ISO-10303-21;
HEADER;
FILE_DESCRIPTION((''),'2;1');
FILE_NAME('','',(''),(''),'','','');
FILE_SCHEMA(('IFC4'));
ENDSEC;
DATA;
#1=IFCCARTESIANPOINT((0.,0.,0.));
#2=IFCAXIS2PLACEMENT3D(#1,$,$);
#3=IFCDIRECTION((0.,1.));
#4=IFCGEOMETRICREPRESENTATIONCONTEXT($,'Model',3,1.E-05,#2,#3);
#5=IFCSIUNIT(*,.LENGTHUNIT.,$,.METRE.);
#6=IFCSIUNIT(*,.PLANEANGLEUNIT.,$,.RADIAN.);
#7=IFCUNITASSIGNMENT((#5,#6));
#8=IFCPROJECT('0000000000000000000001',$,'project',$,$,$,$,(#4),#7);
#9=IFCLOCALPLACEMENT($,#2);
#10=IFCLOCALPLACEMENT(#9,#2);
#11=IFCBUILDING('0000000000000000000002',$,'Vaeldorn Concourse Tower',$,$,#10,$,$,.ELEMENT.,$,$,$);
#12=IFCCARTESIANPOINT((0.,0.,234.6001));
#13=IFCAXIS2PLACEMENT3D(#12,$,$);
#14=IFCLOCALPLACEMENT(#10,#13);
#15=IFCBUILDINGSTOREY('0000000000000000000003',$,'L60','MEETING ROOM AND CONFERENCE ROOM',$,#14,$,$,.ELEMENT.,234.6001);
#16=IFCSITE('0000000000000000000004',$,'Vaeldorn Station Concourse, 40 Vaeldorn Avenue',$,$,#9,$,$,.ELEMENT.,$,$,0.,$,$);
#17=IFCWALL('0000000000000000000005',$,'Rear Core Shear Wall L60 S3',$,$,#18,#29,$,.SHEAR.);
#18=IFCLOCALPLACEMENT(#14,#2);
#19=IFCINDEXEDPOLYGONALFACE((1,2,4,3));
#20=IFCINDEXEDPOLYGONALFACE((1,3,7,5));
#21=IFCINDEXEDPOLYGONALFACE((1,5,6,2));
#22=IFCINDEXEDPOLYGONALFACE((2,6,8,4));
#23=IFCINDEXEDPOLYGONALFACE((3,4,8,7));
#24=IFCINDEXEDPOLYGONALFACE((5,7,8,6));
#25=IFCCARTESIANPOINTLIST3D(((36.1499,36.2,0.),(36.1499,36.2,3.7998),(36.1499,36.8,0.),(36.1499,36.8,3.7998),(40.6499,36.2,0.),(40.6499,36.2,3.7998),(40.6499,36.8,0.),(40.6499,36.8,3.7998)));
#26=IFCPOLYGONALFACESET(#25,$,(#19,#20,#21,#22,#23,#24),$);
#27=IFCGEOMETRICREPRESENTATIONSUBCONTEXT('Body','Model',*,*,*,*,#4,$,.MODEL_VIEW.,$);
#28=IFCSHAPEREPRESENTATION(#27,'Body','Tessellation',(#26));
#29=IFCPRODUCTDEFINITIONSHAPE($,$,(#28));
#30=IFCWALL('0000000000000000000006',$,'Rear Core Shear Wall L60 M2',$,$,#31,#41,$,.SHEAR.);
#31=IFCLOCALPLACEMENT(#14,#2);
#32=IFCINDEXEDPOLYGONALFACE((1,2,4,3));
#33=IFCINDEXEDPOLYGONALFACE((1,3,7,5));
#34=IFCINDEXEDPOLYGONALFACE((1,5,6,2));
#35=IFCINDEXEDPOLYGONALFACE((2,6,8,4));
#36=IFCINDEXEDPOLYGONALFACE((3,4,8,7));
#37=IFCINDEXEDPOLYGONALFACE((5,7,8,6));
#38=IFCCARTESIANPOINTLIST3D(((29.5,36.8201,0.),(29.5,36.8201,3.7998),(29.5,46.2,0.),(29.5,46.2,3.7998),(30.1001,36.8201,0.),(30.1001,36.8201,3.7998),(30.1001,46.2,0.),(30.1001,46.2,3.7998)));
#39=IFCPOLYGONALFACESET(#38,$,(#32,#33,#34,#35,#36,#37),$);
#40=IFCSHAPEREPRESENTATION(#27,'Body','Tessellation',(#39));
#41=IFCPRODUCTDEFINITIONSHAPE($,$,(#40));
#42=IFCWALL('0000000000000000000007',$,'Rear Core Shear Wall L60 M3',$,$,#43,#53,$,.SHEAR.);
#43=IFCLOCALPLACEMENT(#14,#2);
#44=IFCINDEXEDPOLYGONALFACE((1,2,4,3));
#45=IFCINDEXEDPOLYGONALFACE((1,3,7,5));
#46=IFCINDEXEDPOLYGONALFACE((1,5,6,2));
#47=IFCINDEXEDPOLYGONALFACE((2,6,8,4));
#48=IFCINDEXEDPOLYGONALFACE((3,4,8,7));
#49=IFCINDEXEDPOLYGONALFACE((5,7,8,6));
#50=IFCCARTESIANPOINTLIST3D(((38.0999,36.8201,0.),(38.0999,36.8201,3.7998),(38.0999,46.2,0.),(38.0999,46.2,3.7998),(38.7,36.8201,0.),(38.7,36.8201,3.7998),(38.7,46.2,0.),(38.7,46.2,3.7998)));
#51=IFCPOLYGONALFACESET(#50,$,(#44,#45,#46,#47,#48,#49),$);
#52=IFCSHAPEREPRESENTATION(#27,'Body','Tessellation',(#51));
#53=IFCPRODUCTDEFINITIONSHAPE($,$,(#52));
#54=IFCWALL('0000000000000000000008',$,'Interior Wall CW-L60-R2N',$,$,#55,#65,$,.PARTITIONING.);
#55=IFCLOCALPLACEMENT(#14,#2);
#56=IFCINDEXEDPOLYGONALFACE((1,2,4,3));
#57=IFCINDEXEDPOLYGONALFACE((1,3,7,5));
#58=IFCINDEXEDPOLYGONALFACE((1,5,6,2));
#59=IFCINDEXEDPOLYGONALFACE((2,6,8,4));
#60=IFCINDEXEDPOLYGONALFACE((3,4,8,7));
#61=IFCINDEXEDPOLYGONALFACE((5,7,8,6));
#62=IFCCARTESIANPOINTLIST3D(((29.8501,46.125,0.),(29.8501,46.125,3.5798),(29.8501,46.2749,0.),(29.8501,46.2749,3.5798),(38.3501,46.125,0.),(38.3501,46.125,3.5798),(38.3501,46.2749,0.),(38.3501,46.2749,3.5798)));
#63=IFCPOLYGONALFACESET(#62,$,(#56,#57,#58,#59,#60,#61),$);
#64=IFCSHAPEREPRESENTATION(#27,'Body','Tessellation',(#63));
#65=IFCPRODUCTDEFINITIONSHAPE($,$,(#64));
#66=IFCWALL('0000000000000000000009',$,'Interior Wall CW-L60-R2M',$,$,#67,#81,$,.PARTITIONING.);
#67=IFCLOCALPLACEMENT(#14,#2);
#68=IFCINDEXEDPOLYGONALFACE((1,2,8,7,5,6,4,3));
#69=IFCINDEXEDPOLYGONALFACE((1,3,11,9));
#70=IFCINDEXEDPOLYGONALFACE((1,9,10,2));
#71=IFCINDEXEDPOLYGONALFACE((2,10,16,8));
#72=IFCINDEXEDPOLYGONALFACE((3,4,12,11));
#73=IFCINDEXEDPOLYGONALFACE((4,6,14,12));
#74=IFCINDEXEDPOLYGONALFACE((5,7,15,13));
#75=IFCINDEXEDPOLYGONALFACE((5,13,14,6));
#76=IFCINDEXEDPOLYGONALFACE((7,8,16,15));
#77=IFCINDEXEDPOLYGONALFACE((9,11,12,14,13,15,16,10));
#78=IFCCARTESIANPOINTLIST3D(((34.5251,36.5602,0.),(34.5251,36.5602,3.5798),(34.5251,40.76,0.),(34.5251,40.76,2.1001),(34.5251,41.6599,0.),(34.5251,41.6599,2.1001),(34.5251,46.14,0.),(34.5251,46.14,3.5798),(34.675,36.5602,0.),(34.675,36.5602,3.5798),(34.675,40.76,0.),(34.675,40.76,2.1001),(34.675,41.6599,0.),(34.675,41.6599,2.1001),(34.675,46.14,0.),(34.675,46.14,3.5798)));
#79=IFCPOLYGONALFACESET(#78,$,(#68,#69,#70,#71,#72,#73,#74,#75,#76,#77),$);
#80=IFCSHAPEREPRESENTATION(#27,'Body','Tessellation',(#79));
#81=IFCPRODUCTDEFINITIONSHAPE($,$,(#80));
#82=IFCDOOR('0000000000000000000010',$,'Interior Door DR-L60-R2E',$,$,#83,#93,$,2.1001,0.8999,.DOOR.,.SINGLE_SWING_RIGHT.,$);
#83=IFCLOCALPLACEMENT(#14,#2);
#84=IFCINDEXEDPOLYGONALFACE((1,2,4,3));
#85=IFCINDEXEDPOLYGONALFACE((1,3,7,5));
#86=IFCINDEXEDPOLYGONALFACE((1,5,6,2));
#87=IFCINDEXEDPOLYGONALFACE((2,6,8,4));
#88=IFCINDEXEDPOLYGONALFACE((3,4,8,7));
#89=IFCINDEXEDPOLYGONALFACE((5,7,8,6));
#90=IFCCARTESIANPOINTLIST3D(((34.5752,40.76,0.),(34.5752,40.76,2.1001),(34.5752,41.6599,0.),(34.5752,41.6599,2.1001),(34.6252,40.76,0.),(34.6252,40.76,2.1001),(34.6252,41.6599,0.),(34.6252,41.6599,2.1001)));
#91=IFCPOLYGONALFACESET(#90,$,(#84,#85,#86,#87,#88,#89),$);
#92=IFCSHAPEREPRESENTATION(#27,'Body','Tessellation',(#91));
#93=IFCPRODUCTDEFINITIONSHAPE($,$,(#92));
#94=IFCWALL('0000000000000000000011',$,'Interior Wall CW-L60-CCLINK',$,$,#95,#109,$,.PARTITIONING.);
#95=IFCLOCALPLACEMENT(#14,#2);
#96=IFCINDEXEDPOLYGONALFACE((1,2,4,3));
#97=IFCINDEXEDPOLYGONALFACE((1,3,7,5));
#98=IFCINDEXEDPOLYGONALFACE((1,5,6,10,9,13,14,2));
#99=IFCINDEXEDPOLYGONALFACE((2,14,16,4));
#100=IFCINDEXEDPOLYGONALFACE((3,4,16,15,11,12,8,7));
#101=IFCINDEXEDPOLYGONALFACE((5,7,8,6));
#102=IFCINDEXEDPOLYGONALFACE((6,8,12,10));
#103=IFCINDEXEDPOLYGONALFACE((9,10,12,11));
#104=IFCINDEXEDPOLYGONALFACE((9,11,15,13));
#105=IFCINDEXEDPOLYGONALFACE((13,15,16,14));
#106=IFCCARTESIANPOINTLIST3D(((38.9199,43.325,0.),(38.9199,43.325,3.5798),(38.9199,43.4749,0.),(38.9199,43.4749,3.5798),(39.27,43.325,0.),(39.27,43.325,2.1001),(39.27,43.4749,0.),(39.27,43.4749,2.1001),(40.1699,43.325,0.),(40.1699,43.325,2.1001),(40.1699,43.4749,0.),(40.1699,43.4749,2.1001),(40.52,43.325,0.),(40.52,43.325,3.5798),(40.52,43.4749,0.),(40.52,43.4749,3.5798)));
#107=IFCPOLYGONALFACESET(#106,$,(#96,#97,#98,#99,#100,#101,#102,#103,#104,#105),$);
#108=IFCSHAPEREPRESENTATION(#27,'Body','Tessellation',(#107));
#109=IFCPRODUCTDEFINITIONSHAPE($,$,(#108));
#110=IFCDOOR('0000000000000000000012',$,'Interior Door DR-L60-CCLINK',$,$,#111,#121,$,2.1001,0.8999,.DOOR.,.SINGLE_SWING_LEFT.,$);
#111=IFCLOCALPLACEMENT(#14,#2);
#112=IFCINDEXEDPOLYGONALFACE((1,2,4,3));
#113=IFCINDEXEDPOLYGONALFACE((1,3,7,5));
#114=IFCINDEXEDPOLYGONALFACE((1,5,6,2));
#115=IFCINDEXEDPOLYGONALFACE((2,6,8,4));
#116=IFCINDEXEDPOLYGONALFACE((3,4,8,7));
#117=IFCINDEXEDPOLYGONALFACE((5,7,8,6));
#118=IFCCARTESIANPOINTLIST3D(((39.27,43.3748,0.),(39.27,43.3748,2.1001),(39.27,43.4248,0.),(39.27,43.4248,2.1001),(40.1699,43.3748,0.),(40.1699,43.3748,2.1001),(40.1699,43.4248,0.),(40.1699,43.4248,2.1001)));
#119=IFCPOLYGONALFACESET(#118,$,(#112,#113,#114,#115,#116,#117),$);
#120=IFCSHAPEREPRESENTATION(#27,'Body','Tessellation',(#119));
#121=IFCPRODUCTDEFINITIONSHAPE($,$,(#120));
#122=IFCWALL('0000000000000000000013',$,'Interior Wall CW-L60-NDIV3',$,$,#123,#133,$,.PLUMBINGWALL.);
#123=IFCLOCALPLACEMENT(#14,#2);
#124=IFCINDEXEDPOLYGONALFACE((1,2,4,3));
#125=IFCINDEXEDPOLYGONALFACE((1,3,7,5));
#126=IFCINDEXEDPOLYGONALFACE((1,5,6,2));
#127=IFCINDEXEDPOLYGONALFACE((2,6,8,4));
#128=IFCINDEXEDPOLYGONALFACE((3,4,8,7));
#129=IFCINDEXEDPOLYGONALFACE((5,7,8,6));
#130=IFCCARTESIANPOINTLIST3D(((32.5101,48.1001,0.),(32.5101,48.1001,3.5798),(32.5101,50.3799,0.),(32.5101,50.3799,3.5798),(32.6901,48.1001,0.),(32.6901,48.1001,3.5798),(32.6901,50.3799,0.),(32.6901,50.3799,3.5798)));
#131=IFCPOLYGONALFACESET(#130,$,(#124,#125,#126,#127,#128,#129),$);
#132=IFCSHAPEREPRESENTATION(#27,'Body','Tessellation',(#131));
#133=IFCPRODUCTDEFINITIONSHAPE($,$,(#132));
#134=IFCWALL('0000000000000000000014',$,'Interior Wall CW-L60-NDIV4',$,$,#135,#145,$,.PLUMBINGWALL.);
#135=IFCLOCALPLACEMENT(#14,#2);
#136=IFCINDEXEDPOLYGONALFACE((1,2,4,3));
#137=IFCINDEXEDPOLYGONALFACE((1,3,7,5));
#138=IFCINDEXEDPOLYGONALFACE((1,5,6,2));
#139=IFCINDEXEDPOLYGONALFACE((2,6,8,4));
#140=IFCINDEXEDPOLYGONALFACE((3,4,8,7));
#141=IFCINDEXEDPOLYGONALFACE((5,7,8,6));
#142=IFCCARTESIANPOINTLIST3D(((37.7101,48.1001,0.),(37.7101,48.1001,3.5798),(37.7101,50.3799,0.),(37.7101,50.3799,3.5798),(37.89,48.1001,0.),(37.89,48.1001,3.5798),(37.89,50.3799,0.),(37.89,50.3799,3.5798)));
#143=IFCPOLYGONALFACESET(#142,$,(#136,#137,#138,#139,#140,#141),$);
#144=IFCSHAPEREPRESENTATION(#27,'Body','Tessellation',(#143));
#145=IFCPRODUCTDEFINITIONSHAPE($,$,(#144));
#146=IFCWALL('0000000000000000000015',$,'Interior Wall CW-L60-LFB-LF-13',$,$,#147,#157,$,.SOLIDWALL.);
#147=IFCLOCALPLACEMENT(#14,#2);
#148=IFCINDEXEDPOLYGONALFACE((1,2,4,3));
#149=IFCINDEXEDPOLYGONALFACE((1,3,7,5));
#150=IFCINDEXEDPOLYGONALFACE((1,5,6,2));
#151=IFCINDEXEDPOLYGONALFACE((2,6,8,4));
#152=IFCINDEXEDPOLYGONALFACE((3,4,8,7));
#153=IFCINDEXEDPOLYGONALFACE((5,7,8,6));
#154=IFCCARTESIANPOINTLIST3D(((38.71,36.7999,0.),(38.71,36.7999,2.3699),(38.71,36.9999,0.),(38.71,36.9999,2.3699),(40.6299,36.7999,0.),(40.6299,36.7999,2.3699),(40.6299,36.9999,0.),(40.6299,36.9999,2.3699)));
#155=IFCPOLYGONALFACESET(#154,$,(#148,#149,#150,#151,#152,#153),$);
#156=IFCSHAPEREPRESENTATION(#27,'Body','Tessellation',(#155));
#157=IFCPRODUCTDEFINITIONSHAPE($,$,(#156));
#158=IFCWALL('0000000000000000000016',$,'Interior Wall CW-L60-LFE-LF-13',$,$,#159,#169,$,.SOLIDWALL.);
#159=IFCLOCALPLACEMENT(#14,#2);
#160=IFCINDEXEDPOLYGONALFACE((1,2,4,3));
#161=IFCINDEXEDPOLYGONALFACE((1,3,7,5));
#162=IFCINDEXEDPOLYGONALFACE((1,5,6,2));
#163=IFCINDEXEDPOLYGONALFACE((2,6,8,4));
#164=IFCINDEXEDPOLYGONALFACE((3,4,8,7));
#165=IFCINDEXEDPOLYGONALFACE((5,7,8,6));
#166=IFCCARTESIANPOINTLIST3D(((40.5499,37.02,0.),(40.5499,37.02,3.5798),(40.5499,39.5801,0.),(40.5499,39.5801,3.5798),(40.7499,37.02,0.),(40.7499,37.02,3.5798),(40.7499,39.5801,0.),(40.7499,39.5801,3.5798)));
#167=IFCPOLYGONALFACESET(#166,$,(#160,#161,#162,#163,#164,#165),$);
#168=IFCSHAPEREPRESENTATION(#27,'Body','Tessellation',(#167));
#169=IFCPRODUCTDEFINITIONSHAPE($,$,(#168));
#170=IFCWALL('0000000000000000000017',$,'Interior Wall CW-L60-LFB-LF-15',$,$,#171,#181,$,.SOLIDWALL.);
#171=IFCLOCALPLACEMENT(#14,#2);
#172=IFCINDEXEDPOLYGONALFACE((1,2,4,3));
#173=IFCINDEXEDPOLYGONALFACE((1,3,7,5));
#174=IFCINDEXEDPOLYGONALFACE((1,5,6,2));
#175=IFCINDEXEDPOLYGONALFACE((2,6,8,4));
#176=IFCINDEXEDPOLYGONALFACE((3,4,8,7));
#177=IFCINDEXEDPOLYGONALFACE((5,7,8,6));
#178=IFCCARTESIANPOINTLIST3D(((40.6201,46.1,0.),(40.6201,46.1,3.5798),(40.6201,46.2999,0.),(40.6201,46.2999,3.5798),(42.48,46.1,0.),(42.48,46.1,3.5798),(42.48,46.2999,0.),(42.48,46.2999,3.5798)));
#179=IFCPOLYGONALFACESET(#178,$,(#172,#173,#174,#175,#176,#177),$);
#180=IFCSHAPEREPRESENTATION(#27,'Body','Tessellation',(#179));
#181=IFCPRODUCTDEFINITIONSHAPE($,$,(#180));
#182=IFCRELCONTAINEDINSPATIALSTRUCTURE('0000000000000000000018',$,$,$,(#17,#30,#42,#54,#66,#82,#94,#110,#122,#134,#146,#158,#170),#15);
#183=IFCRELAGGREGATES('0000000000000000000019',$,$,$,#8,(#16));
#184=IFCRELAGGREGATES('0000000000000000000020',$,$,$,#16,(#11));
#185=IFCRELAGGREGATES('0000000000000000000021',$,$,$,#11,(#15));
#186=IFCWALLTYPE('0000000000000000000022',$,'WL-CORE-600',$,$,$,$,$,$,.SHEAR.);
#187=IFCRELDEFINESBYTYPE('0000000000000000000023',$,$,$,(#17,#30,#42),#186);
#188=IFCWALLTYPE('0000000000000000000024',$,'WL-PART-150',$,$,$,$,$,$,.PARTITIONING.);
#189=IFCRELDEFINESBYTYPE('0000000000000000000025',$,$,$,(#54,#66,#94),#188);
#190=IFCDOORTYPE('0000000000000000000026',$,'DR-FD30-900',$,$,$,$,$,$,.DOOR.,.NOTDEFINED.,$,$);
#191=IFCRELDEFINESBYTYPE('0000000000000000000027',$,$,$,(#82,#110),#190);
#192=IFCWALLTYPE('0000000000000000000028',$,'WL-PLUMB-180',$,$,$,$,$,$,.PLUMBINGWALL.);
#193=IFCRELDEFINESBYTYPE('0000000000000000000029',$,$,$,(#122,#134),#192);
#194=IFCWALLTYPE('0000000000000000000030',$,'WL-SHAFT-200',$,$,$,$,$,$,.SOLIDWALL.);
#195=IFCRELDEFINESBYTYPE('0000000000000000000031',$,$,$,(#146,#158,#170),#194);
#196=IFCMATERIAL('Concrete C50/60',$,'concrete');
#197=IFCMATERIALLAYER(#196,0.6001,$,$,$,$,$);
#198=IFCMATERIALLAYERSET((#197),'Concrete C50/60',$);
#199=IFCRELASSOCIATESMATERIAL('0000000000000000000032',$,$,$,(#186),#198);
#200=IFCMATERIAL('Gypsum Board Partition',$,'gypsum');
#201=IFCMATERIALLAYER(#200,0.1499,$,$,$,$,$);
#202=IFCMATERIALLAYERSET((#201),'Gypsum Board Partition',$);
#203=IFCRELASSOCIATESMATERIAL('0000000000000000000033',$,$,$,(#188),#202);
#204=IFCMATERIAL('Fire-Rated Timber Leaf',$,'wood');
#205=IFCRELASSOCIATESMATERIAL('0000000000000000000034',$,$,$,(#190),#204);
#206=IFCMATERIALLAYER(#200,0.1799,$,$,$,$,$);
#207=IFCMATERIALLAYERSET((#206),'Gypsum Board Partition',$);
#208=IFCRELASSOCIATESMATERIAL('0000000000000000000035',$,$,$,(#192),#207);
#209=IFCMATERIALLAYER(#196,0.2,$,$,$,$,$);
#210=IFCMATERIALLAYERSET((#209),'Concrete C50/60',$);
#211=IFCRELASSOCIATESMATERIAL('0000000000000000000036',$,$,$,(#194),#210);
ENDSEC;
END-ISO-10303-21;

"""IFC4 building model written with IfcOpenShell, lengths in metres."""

from ifc_helpers import new_model, si_unit, direction, frame, frame_2d, origin, place, context, subcontext, project, spatial, rectangle, extrude, source, transform, mapped, material, layer, layer_set, type_object, element, fill, save


model = new_model("IFC4")

# Units and contexts
model_context = context("Model", 3, precision=1e-05, world=origin(), true_north=direction((0.0, 1.0)))
body_context = subcontext(model_context, "Body", "Model", "MODEL_VIEW")
ifc_project = project(units=[si_unit("LENGTHUNIT", "METRE"), si_unit("PLANEANGLEUNIT", "RADIAN")], contexts=[model_context])

# Site, building, storey
site_placement = place(None, origin())
site = spatial("IfcSite", under=ifc_project, at=site_placement, Name="Vaeldorn Station Concourse, 40 Vaeldorn Avenue", CompositionType="ELEMENT", RefElevation=0.0)
building_placement = place(site_placement, origin())
building = spatial("IfcBuilding", under=site, at=building_placement, Name="Vaeldorn Concourse Tower", CompositionType="ELEMENT")
storey_placement = place(building_placement, frame((0.0, 0.0, 234.6001)))
storey = spatial("IfcBuildingStorey", under=building, at=storey_placement, Name="L60", Description="MEETING ROOM AND CONFERENCE ROOM", CompositionType="ELEMENT", Elevation=234.6001)

# Walls
ifc_material_1 = material(Name="Concrete C50/60", Category="concrete")
ifc_layer_1 = layer(ifc_material_1, 0.6001)
ifc_layer_set_1 = layer_set([ifc_layer_1], Name="Concrete C50/60")
wall_type_1 = type_object("IfcWallType", Name="WL-CORE-600", PredefinedType="SHEAR", material=ifc_layer_set_1)
wall_1_placement = place(storey_placement, frame((36.1499, 36.5, 0.0), z_axis=(0.0, 0.0, 1.0), x_axis=(1.0, 0.0, 0.0)))
element("IfcWall", 1, at=wall_1_placement, inside=storey, type_object=wall_type_1, Name="Rear Core Shear Wall L60 S3", PredefinedType="SHEAR", context=body_context, shape_type="SweptSolid", body=[
    extrude(rectangle(XDim=4.5, YDim=0.6001, at=frame_2d((2.25, 0.0))), origin(), (0.0, 0.0, 1.0), 3.7998),
])
for number, where, z_axis, x_axis, name in (
    (2, (29.8, 36.8201, 0.0), (0.0, 0.0, 1.0), (0.0, 1.0, 0.0), "Rear Core Shear Wall L60 M2"),
    (3, (38.3999, 36.8201, 0.0), (0.0, 0.0, 1.0), (0.0, 1.0, 0.0), "Rear Core Shear Wall L60 M3"),
):
    element("IfcWall", number, at=place(storey_placement, frame(where, z_axis=z_axis, x_axis=x_axis)), inside=storey, type_object=wall_type_1, Name=name, PredefinedType="SHEAR", context=body_context, shape_type="SweptSolid", body=[
        extrude(rectangle(XDim=9.3799, YDim=0.6001, at=frame_2d((4.6899, 0.0))), origin(), (0.0, 0.0, 1.0), 3.7998),
    ])
ifc_material_2 = material(Name="Gypsum Board Partition", Category="gypsum")
ifc_layer_2 = layer(ifc_material_2, 0.1499)
ifc_layer_set_2 = layer_set([ifc_layer_2], Name="Gypsum Board Partition")
wall_type_2 = type_object("IfcWallType", Name="WL-PART-150", PredefinedType="PARTITIONING", material=ifc_layer_set_2)
wall_2_placement = place(storey_placement, frame((29.8501, 46.2, 0.0), z_axis=(0.0, 0.0, 1.0), x_axis=(1.0, 0.0, 0.0)))
element("IfcWall", 4, at=wall_2_placement, inside=storey, type_object=wall_type_2, Name="Interior Wall CW-L60-R2N", PredefinedType="PARTITIONING", context=body_context, shape_type="SweptSolid", body=[
    extrude(rectangle(XDim=8.5, YDim=0.1499, at=frame_2d((4.25, 0.0))), origin(), (0.0, 0.0, 1.0), 3.5798),
])

# Walls, openings, doors
wall_3_placement = place(storey_placement, frame((34.6001, 36.5601, 0.0), z_axis=(0.0, 0.0, 1.0), x_axis=(0.0, 1.0, 0.0)))
wall_3 = element("IfcWall", 5, at=wall_3_placement, inside=storey, type_object=wall_type_2, Name="Interior Wall CW-L60-R2M", PredefinedType="PARTITIONING", context=body_context, shape_type="SweptSolid", body=[
    extrude(rectangle(XDim=9.5798, YDim=0.1499, at=frame_2d((4.79, 0.0))), origin(), (0.0, 0.0, 1.0), 3.5798),
])
opening_1_placement = place(wall_3_placement, frame((4.2, 0.0, 0.0)))
opening_1 = element("IfcOpeningElement", 6, at=opening_1_placement, cuts=wall_3, PredefinedType="OPENING", context=body_context, shape_type="SweptSolid", body=[
    extrude(rectangle(XDim=0.8999, YDim=2.1001, at=frame_2d((0.45, 1.05))), frame((0.0, 0.085, 0.0), z_axis=(0.0, -1.0, 0.0), x_axis=(1.0, 0.0, 0.0)), (0.0, 0.0, 1.0), 0.1699),
])
ifc_material_3 = material(Name="Fire-Rated Timber Leaf", Category="wood")
door_type_1 = type_object("IfcDoorType", Name="DR-FD30-900", OperationType="NOTDEFINED", PredefinedType="DOOR", material=ifc_material_3)
shared_shape_1 = source(origin(), body_context, "Body", "SweptSolid", [
    extrude(rectangle(XDim=0.8999, YDim=2.1001, at=frame_2d((0.45, 1.05))), frame((0.0, 0.0249, 0.0), z_axis=(0.0, -1.0, 0.0), x_axis=(1.0, 0.0, 0.0)), (0.0, 0.0, 1.0), 0.05),
])
door_1_placement = place(opening_1_placement, origin())
door_1 = element("IfcDoor", 7, at=door_1_placement, inside=storey, type_object=door_type_1, Name="Interior Door DR-L60-R2E", OperationType="SINGLE_SWING_RIGHT", OverallHeight=2.1001, OverallWidth=0.8999, PredefinedType="DOOR", context=body_context, shape_type="MappedRepresentation", body=[
    mapped(shared_shape_1, transform((0.0, 0.0, 0.0), scale=1.0)),
])
fill(opening_1, door_1)
wall_4_placement = place(storey_placement, frame((38.9199, 43.3999, 0.0), z_axis=(0.0, 0.0, 1.0), x_axis=(1.0, 0.0, 0.0)))
wall_4 = element("IfcWall", 8, at=wall_4_placement, inside=storey, type_object=wall_type_2, Name="Interior Wall CW-L60-CCLINK", PredefinedType="PARTITIONING", context=body_context, shape_type="SweptSolid", body=[
    extrude(rectangle(XDim=1.6001, YDim=0.1499, at=frame_2d((0.8, 0.0))), origin(), (0.0, 0.0, 1.0), 3.5798),
])
opening_2_placement = place(wall_4_placement, frame((0.3501, 0.0, 0.0)))
opening_2 = element("IfcOpeningElement", 9, at=opening_2_placement, cuts=wall_4, PredefinedType="OPENING", context=body_context, shape_type="SweptSolid", body=[
    extrude(rectangle(XDim=0.8999, YDim=2.1001, at=frame_2d((0.45, 1.05))), frame((0.0, 0.085, 0.0), z_axis=(0.0, -1.0, 0.0), x_axis=(1.0, 0.0, 0.0)), (0.0, 0.0, 1.0), 0.1699),
])
door_2_placement = place(opening_2_placement, origin())
door_2 = element("IfcDoor", 10, at=door_2_placement, inside=storey, type_object=door_type_1, Name="Interior Door DR-L60-CCLINK", OperationType="SINGLE_SWING_LEFT", OverallHeight=2.1001, OverallWidth=0.8999, PredefinedType="DOOR", context=body_context, shape_type="MappedRepresentation", body=[
    mapped(shared_shape_1, transform((0.0, 0.0, 0.0), scale=1.0)),
])
fill(opening_2, door_2)

# Walls
ifc_layer_3 = layer(ifc_material_2, 0.1799)
ifc_layer_set_3 = layer_set([ifc_layer_3], Name="Gypsum Board Partition")
wall_type_3 = type_object("IfcWallType", Name="WL-PLUMB-180", PredefinedType="PLUMBINGWALL", material=ifc_layer_set_3)
for number, where, z_axis, x_axis, name in (
    (11, (32.6001, 48.1001, 0.0), (0.0, 0.0, 1.0), (0.0, 1.0, 0.0), "Interior Wall CW-L60-NDIV3"),
    (12, (37.8, 48.1001, 0.0), (0.0, 0.0, 1.0), (0.0, 1.0, 0.0), "Interior Wall CW-L60-NDIV4"),
):
    element("IfcWall", number, at=place(storey_placement, frame(where, z_axis=z_axis, x_axis=x_axis)), inside=storey, type_object=wall_type_3, Name=name, PredefinedType="PLUMBINGWALL", context=body_context, shape_type="SweptSolid", body=[
        extrude(rectangle(XDim=2.2798, YDim=0.1799, at=frame_2d((1.1399, 0.0))), origin(), (0.0, 0.0, 1.0), 3.5798),
    ])

# Shared definitions
ifc_layer_4 = layer(ifc_material_1, 0.2)
ifc_layer_set_4 = layer_set([ifc_layer_4], Name="Concrete C50/60")
wall_type_4 = type_object("IfcWallType", Name="WL-SHAFT-200", PredefinedType="SOLIDWALL", material=ifc_layer_set_4)

# Walls
wall_5_placement = place(storey_placement, frame((38.71, 36.8999, 0.0), z_axis=(0.0, 0.0, 1.0), x_axis=(1.0, 0.0, 0.0)))
element("IfcWall", 13, at=wall_5_placement, inside=storey, type_object=wall_type_4, Name="Interior Wall CW-L60-LFB-LF-13", PredefinedType="SOLIDWALL", context=body_context, shape_type="SweptSolid", body=[
    extrude(rectangle(XDim=1.9199, YDim=0.2, at=frame_2d((0.96, 0.0))), origin(), (0.0, 0.0, 1.0), 2.3699),
])
wall_6_placement = place(storey_placement, frame((40.6499, 37.02, 0.0), z_axis=(0.0, 0.0, 1.0), x_axis=(0.0, 1.0, 0.0)))
element("IfcWall", 14, at=wall_6_placement, inside=storey, type_object=wall_type_4, Name="Interior Wall CW-L60-LFE-LF-13", PredefinedType="SOLIDWALL", context=body_context, shape_type="SweptSolid", body=[
    extrude(rectangle(XDim=2.5601, YDim=0.2, at=frame_2d((1.28, 0.0))), origin(), (0.0, 0.0, 1.0), 3.5798),
])

# Wall
wall_7_placement = place(storey_placement, frame((40.6201, 46.2, 0.0), z_axis=(0.0, 0.0, 1.0), x_axis=(1.0, 0.0, 0.0)))
element("IfcWall", 15, at=wall_7_placement, inside=storey, type_object=wall_type_4, Name="Interior Wall CW-L60-LFB-LF-15", PredefinedType="SOLIDWALL", context=body_context, shape_type="SweptSolid", body=[
    extrude(rectangle(XDim=1.8599, YDim=0.2, at=frame_2d((0.9299, 0.0))), origin(), (0.0, 0.0, 1.0), 3.5798),
])

save(model, "model.ifc")
